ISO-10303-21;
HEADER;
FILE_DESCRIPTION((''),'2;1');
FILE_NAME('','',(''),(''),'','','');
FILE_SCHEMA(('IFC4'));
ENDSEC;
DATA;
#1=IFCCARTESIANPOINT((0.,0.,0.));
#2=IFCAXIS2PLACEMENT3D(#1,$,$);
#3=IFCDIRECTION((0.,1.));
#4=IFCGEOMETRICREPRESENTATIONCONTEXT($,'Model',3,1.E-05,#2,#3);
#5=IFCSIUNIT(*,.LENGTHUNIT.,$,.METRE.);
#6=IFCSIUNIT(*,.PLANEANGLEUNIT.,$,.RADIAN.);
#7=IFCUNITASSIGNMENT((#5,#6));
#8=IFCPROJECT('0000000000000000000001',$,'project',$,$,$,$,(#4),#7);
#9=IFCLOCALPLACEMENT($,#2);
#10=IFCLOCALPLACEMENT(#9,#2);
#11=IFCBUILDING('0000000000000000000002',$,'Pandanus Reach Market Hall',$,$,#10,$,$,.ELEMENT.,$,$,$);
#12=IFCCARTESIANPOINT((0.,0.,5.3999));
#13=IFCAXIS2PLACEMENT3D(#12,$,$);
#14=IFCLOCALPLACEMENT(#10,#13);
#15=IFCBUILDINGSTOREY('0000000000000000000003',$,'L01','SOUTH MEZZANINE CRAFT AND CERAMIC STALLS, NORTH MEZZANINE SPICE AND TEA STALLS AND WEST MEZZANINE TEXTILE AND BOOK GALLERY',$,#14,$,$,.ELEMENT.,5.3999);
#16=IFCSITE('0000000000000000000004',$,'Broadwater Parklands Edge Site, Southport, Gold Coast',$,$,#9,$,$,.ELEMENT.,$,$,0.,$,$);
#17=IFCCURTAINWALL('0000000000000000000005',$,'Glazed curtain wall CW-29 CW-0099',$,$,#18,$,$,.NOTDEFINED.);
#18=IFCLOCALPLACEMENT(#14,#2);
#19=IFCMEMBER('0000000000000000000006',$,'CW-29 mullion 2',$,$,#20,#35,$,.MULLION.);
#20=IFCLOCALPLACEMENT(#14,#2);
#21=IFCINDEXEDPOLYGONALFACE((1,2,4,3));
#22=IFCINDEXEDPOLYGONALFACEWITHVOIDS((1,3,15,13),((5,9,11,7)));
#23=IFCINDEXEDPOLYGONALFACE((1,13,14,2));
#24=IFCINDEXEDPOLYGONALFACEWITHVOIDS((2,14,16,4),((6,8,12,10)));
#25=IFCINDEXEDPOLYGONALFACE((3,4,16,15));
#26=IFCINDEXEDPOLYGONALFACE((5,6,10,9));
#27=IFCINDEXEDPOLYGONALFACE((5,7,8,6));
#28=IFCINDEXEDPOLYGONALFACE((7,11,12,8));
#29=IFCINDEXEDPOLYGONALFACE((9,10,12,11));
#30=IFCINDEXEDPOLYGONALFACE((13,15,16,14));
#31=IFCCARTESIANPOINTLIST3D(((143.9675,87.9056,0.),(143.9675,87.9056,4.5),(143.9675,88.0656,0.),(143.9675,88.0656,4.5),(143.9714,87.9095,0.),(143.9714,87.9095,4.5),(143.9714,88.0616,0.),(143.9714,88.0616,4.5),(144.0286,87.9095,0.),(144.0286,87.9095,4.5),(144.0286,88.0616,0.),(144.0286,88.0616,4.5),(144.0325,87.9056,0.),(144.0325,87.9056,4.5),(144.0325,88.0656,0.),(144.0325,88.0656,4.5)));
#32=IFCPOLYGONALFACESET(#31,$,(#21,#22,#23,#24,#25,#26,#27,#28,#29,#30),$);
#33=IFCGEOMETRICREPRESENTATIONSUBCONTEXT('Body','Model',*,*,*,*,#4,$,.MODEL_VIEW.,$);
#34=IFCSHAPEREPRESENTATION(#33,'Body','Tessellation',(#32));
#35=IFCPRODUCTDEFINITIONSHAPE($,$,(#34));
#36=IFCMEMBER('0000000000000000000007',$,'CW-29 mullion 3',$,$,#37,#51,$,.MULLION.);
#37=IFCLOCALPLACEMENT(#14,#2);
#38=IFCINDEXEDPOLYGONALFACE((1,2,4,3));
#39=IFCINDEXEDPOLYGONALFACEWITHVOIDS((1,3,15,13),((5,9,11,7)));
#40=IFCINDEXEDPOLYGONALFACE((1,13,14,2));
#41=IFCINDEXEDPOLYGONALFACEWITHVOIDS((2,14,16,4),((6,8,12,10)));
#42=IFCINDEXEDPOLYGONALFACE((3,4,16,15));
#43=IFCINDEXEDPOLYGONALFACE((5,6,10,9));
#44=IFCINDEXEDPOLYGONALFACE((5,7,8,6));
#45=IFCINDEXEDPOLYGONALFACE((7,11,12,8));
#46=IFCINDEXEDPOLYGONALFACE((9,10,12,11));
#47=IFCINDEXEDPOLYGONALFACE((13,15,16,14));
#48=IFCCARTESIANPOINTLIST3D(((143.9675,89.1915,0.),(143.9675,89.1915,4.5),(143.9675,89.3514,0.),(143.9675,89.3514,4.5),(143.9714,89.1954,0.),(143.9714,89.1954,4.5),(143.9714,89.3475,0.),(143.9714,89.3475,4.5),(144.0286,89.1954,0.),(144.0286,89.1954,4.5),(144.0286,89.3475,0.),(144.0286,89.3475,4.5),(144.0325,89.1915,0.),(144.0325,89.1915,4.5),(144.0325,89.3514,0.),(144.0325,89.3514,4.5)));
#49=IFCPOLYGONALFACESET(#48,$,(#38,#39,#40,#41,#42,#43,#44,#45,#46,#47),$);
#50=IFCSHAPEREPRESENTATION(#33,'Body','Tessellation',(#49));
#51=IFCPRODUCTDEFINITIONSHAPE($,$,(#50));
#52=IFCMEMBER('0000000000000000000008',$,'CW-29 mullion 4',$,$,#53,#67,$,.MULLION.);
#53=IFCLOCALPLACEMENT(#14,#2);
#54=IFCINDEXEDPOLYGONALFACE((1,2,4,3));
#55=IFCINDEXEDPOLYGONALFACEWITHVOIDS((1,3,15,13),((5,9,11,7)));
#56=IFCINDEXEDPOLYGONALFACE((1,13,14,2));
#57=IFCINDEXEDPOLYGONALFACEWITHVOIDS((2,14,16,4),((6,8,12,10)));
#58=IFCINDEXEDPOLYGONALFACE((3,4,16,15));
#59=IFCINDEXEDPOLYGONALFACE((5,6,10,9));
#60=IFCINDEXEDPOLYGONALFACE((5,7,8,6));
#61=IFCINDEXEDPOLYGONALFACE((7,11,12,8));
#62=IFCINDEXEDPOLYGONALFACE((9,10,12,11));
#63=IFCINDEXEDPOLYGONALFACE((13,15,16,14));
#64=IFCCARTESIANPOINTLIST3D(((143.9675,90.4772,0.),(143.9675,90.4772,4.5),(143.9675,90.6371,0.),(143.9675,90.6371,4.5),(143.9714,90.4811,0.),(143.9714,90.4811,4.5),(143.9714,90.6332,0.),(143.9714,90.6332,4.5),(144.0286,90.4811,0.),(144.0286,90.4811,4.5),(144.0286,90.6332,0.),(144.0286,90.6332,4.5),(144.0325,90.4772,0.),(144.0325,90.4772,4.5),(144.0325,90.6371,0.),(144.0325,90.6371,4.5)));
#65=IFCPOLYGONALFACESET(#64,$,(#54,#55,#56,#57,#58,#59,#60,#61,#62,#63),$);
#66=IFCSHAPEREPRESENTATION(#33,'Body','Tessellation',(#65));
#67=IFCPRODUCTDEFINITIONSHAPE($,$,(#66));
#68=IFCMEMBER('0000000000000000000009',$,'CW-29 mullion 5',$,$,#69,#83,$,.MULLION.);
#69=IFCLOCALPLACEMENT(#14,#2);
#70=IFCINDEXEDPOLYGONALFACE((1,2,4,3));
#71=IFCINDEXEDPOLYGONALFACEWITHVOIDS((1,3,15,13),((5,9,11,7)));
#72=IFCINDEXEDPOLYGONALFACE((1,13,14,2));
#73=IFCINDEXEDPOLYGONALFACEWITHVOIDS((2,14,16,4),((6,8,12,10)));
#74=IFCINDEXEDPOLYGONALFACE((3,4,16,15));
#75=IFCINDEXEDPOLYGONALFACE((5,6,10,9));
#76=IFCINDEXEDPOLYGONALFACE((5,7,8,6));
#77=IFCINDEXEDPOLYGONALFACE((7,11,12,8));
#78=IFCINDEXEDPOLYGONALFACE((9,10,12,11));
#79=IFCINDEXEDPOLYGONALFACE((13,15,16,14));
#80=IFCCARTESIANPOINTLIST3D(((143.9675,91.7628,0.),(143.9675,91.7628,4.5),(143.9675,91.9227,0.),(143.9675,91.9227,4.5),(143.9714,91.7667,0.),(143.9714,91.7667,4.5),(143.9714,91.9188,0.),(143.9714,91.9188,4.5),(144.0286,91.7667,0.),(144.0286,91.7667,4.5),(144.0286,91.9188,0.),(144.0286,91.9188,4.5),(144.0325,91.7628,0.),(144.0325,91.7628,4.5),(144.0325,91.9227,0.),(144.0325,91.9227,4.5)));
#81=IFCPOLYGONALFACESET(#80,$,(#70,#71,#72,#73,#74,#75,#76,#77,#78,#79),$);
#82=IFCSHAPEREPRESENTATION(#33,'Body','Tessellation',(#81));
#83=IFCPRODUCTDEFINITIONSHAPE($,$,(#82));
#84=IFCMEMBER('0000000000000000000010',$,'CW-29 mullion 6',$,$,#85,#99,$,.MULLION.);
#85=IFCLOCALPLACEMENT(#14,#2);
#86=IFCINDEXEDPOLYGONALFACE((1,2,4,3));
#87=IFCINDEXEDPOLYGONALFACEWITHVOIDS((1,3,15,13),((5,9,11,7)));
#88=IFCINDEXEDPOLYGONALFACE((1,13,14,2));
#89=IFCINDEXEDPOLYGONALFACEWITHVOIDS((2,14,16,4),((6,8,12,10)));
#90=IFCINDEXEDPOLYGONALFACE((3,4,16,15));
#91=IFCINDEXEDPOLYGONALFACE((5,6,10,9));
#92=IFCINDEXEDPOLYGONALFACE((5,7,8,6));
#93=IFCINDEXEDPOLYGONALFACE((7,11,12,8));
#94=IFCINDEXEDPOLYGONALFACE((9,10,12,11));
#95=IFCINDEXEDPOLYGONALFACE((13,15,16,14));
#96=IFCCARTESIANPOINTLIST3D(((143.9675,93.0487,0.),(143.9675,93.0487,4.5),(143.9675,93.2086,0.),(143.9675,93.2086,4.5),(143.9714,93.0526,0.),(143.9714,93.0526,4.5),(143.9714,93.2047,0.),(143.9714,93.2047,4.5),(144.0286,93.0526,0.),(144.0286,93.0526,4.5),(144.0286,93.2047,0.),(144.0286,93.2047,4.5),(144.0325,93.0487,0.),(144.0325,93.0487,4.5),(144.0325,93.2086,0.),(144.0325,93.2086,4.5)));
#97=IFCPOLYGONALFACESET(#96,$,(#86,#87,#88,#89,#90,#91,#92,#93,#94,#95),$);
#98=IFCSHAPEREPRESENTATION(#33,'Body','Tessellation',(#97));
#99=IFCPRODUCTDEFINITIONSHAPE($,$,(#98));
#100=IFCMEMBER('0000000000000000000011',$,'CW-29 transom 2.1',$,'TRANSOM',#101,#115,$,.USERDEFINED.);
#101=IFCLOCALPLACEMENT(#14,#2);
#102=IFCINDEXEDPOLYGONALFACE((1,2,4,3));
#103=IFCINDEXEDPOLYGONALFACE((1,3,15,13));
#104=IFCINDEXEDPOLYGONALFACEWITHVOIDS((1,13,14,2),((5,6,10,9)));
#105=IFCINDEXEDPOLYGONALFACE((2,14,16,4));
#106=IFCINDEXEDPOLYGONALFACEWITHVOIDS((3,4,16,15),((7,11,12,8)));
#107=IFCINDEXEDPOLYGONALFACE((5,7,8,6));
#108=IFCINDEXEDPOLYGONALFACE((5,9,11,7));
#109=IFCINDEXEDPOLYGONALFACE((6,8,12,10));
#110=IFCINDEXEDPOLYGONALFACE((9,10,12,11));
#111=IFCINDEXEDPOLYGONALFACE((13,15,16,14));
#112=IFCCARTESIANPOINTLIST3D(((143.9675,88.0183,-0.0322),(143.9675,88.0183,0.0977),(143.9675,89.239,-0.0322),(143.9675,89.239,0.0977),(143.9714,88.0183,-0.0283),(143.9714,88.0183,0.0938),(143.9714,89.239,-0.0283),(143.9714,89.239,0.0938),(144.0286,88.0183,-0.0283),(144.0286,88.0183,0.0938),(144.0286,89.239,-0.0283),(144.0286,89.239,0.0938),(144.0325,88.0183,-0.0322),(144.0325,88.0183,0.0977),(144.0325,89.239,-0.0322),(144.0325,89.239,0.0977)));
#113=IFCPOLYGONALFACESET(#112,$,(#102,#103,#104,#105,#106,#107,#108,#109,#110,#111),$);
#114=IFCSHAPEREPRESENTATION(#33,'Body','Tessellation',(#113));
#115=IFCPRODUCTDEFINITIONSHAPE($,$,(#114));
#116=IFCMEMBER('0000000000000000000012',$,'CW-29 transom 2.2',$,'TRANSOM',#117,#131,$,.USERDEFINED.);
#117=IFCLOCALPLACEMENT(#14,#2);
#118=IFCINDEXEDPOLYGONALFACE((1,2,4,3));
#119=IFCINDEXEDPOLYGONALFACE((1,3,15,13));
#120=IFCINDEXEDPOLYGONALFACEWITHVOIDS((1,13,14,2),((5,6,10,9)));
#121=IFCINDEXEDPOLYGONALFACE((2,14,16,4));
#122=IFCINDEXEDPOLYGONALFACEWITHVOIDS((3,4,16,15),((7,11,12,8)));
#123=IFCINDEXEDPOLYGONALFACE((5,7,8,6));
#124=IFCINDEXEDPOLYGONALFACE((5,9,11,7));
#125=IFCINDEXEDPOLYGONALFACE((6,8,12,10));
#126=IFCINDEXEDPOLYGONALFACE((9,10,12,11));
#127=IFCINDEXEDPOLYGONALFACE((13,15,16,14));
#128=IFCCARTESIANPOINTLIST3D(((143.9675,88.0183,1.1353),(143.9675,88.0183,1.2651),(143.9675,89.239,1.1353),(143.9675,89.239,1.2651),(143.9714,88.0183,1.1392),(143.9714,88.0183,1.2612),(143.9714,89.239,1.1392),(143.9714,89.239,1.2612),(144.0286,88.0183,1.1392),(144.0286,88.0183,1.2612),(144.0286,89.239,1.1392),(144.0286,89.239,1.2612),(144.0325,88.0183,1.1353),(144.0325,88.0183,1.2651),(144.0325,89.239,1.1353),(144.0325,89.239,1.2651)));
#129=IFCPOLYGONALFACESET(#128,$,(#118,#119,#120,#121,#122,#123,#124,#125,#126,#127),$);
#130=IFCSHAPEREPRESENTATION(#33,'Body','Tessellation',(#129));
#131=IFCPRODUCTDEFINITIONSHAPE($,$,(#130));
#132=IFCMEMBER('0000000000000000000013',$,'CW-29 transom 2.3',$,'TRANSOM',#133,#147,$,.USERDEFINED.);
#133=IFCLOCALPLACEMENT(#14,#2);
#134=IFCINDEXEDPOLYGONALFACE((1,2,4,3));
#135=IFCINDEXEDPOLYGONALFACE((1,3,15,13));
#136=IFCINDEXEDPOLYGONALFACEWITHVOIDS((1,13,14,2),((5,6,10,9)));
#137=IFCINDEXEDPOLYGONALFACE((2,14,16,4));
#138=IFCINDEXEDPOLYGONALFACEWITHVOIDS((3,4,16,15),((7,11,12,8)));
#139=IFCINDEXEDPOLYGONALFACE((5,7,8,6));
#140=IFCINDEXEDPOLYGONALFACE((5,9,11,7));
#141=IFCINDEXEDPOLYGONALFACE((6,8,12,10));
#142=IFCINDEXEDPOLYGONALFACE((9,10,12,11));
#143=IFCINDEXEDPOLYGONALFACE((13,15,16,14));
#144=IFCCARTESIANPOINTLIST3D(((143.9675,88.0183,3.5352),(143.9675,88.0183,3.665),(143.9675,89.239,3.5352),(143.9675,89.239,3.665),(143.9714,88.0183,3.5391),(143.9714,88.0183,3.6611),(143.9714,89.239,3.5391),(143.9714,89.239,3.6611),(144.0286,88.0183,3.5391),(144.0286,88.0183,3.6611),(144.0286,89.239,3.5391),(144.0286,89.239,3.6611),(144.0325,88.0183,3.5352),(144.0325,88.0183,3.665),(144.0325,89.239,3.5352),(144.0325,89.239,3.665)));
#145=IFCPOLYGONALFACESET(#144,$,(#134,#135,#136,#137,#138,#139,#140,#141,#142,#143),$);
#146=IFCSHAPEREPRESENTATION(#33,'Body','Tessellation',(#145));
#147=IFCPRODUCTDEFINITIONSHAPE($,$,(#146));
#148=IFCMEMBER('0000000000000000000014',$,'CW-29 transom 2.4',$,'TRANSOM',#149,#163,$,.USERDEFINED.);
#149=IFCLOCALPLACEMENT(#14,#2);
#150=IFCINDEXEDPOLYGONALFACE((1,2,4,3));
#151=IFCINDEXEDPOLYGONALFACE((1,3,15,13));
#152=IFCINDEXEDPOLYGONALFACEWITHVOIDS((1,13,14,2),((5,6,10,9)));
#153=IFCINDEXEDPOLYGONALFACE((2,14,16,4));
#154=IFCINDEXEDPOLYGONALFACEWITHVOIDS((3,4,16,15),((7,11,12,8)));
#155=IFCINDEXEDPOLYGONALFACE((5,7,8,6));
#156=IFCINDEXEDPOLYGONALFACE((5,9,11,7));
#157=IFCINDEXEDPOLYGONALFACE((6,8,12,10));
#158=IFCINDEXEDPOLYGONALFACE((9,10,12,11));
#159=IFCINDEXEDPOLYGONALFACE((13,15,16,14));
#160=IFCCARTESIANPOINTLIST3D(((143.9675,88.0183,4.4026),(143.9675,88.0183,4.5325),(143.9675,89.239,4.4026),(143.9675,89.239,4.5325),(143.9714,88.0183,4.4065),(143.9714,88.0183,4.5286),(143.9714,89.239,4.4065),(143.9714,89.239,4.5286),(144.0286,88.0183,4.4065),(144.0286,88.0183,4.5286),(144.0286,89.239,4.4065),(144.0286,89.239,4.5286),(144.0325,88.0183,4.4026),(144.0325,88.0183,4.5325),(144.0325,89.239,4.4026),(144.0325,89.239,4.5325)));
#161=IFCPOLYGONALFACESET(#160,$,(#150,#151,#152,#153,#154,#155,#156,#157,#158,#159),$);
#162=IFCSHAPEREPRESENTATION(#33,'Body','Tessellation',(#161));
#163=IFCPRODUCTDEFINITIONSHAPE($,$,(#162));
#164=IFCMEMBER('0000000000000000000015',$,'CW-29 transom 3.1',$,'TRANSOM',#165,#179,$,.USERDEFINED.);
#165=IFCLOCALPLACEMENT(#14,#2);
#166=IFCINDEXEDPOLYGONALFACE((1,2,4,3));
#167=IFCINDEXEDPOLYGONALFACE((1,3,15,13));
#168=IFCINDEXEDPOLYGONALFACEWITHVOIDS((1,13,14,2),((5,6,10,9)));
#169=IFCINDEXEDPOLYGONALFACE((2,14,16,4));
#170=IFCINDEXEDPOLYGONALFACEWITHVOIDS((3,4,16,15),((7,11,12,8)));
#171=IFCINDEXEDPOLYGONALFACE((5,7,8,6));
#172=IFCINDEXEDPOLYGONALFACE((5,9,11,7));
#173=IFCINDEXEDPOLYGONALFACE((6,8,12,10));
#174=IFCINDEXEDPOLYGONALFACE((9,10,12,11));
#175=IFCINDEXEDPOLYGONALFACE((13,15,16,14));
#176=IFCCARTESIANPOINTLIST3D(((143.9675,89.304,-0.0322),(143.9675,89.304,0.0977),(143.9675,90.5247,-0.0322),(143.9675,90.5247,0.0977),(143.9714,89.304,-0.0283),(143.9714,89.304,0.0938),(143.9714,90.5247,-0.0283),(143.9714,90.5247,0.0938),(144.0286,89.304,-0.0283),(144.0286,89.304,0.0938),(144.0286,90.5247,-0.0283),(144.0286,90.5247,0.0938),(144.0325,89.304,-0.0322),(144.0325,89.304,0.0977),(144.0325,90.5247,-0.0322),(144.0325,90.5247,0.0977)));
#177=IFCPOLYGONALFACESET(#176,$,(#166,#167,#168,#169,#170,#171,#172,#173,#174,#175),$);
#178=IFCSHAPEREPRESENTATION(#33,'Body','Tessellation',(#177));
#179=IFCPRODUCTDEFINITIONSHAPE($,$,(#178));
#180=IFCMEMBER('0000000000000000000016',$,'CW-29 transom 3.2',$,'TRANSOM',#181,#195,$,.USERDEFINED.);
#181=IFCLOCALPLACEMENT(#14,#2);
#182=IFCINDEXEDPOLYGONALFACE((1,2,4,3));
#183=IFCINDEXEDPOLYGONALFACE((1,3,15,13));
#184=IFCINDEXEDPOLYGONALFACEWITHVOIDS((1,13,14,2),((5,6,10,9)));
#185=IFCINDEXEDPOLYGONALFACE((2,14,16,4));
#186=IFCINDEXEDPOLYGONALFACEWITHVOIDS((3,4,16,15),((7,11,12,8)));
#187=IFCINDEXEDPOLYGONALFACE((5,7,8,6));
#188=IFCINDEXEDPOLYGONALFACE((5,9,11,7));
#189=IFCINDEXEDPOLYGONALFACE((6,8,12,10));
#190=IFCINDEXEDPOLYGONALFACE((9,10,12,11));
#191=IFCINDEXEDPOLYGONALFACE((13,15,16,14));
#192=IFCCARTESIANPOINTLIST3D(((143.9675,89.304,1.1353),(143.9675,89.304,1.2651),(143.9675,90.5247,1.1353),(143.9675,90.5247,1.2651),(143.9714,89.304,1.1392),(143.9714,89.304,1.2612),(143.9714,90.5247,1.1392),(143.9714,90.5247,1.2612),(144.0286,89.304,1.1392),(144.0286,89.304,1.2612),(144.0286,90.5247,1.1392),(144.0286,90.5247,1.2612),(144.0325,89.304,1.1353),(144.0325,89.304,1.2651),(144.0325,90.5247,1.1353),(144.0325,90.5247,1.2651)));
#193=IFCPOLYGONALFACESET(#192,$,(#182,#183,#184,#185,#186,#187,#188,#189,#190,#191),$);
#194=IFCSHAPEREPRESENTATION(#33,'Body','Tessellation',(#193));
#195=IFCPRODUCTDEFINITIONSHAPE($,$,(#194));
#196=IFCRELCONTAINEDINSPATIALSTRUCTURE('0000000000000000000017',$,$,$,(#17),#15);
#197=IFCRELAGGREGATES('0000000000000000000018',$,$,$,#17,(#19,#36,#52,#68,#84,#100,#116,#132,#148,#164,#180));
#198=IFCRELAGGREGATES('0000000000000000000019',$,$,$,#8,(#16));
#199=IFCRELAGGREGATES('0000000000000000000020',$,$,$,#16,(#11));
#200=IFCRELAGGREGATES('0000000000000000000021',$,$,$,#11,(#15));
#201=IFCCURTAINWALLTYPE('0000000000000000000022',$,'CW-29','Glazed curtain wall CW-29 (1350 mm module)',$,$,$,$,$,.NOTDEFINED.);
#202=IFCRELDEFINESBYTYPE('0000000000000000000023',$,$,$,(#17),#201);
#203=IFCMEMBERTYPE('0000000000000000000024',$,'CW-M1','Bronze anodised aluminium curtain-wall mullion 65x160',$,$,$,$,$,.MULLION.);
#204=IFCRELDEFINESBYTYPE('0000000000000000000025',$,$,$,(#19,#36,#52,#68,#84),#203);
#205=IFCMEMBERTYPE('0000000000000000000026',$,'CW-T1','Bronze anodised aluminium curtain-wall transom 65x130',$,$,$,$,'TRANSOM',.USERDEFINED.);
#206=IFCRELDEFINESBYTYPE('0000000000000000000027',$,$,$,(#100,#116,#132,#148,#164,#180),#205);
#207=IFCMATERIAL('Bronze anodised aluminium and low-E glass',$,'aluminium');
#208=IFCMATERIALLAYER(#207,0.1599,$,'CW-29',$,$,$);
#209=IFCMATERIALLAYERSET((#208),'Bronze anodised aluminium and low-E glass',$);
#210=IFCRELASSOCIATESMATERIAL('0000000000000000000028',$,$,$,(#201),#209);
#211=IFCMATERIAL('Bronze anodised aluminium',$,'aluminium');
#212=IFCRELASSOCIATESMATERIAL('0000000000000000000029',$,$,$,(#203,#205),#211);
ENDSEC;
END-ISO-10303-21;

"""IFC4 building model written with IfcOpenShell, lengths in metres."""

from ifc_helpers import new_model, si_unit, direction, frame, origin, origin_2d, place, context, subcontext, project, spatial, hollow_rectangle, extrude, material, layer, layer_set, material_profile, profile_set, type_object, element, aggregate, save


model = new_model("IFC4")

# Units and contexts
model_context = context("Model", 3, precision=1e-05, world=origin(), true_north=direction((0.0, 1.0)))
body_context = subcontext(model_context, "Body", "Model", "MODEL_VIEW")
ifc_project = project(units=[si_unit("LENGTHUNIT", "METRE"), si_unit("PLANEANGLEUNIT", "RADIAN")], contexts=[model_context])

# Site, building, storey
site_placement = place(None, origin())
site = spatial("IfcSite", under=ifc_project, at=site_placement, Name="Broadwater Parklands Edge Site, Southport, Gold Coast", CompositionType="ELEMENT", RefElevation=0.0)
building_placement = place(site_placement, origin())
building = spatial("IfcBuilding", under=site, at=building_placement, Name="Pandanus Reach Market Hall", CompositionType="ELEMENT")
storey_placement = place(building_placement, frame((0.0, 0.0, 5.3999)))
storey = spatial("IfcBuildingStorey", under=building, at=storey_placement, Name="L01", Description="SOUTH MEZZANINE CRAFT AND CERAMIC STALLS, NORTH MEZZANINE SPICE AND TEA STALLS AND WEST MEZZANINE TEXTILE AND BOOK GALLERY", CompositionType="ELEMENT", Elevation=5.3999)

# Curtain wall, members
ifc_material_1 = material(Name="Bronze anodised aluminium and low-E glass", Category="aluminium")
ifc_layer_1 = layer(ifc_material_1, 0.1599, Name="CW-29")
ifc_layer_set_1 = layer_set([ifc_layer_1], Name="Bronze anodised aluminium and low-E glass")
curtain_wall_type = type_object("IfcCurtainWallType", Name="CW-29", Description="Glazed curtain wall CW-29 (1350 mm module)", PredefinedType="NOTDEFINED", material=ifc_layer_set_1)
curtain_wall_placement = place(storey_placement, origin())
curtain_wall = element("IfcCurtainWall", 1, at=curtain_wall_placement, inside=storey, type_object=curtain_wall_type, Name="Glazed curtain wall CW-29 CW-0099", PredefinedType="NOTDEFINED")
ifc_material_2 = material(Name="Bronze anodised aluminium", Category="aluminium")
ifc_material_profile_1 = material_profile(ifc_material_2, hollow_rectangle(XDim=0.0649, YDim=0.1599, WallThickness=0.0039, at=origin_2d()), Name="ALU65x160", Category="LoadBearing")
ifc_profile_set_1 = profile_set([ifc_material_profile_1], Name="Bronze anodised aluminium")
member_type_1 = type_object("IfcMemberType", Name="CW-M1", Description="Bronze anodised aluminium curtain-wall mullion 65x160", PredefinedType="MULLION", material=ifc_profile_set_1)
member_1_placement = place(storey_placement, frame((144.0, 87.9856, 0.0), z_axis=(0.0, 0.0, 1.0), x_axis=(-1.0, 0.0, 0.0)))
member_1 = element("IfcMember", 2, at=member_1_placement, type_object=member_type_1, Name="CW-29 mullion 2", PredefinedType="MULLION", context=body_context, shape_type="SweptSolid", body=[
    extrude(hollow_rectangle(XDim=0.0649, YDim=0.1599, WallThickness=0.0039, at=origin_2d()), origin(), (0.0, 0.0, 1.0), 4.5),
])
member_2_placement = place(storey_placement, frame((144.0, 89.2715, 0.0), z_axis=(0.0, 0.0, 1.0), x_axis=(-1.0, 0.0, 0.0)))
member_2 = element("IfcMember", 3, at=member_2_placement, type_object=member_type_1, Name="CW-29 mullion 3", PredefinedType="MULLION", context=body_context, shape_type="SweptSolid", body=[
    extrude(hollow_rectangle(XDim=0.0649, YDim=0.1599, WallThickness=0.0039, at=origin_2d()), origin(), (0.0, 0.0, 1.0), 4.5),
])
member_3_placement = place(storey_placement, frame((144.0, 90.5571, 0.0), z_axis=(0.0, 0.0, 1.0), x_axis=(-1.0, 0.0, 0.0)))
member_3 = element("IfcMember", 4, at=member_3_placement, type_object=member_type_1, Name="CW-29 mullion 4", PredefinedType="MULLION", context=body_context, shape_type="SweptSolid", body=[
    extrude(hollow_rectangle(XDim=0.0649, YDim=0.1599, WallThickness=0.0039, at=origin_2d()), origin(), (0.0, 0.0, 1.0), 4.5),
])
member_4_placement = place(storey_placement, frame((144.0, 91.8428, 0.0), z_axis=(0.0, 0.0, 1.0), x_axis=(-1.0, 0.0, 0.0)))
member_4 = element("IfcMember", 5, at=member_4_placement, type_object=member_type_1, Name="CW-29 mullion 5", PredefinedType="MULLION", context=body_context, shape_type="SweptSolid", body=[
    extrude(hollow_rectangle(XDim=0.0649, YDim=0.1599, WallThickness=0.0039, at=origin_2d()), origin(), (0.0, 0.0, 1.0), 4.5),
])
member_5_placement = place(storey_placement, frame((144.0, 93.1287, 0.0), z_axis=(0.0, 0.0, 1.0), x_axis=(-1.0, 0.0, 0.0)))
member_5 = element("IfcMember", 6, at=member_5_placement, type_object=member_type_1, Name="CW-29 mullion 6", PredefinedType="MULLION", context=body_context, shape_type="SweptSolid", body=[
    extrude(hollow_rectangle(XDim=0.0649, YDim=0.1599, WallThickness=0.0039, at=origin_2d()), origin(), (0.0, 0.0, 1.0), 4.5),
])
ifc_material_profile_2 = material_profile(ifc_material_2, hollow_rectangle(XDim=0.0649, YDim=0.1299, WallThickness=0.0039, at=origin_2d()), Name="ALU65x130", Category="LoadBearing")
ifc_profile_set_2 = profile_set([ifc_material_profile_2], Name="Bronze anodised aluminium")
member_type_2 = type_object("IfcMemberType", Name="CW-T1", Description="Bronze anodised aluminium curtain-wall transom 65x130", ElementType="TRANSOM", PredefinedType="USERDEFINED", material=ifc_profile_set_2)
member_6_placement = place(storey_placement, frame((144.0, 88.0183, 0.0327), z_axis=(0.0, 1.0, 0.0), x_axis=(-1.0, 0.0, 0.0)))
member_6 = element("IfcMember", 7, at=member_6_placement, type_object=member_type_2, Name="CW-29 transom 2.1", ObjectType="TRANSOM", PredefinedType="USERDEFINED", context=body_context, shape_type="SweptSolid", body=[
    extrude(hollow_rectangle(XDim=0.0649, YDim=0.1299, WallThickness=0.0039, at=origin_2d()), origin(), (0.0, 0.0, 1.0), 1.2207),
])
member_7_placement = place(storey_placement, frame((144.0, 88.0183, 1.2002), z_axis=(0.0, 1.0, 0.0), x_axis=(-1.0, 0.0, 0.0)))
member_7 = element("IfcMember", 8, at=member_7_placement, type_object=member_type_2, Name="CW-29 transom 2.2", ObjectType="TRANSOM", PredefinedType="USERDEFINED", context=body_context, shape_type="SweptSolid", body=[
    extrude(hollow_rectangle(XDim=0.0649, YDim=0.1299, WallThickness=0.0039, at=origin_2d()), origin(), (0.0, 0.0, 1.0), 1.2207),
])
member_8_placement = place(storey_placement, frame((144.0, 88.0183, 3.6001), z_axis=(0.0, 1.0, 0.0), x_axis=(-1.0, 0.0, 0.0)))
member_8 = element("IfcMember", 9, at=member_8_placement, type_object=member_type_2, Name="CW-29 transom 2.3", ObjectType="TRANSOM", PredefinedType="USERDEFINED", context=body_context, shape_type="SweptSolid", body=[
    extrude(hollow_rectangle(XDim=0.0649, YDim=0.1299, WallThickness=0.0039, at=origin_2d()), origin(), (0.0, 0.0, 1.0), 1.2207),
])
member_9_placement = place(storey_placement, frame((144.0, 88.0183, 4.4675), z_axis=(0.0, 1.0, 0.0), x_axis=(-1.0, 0.0, 0.0)))
member_9 = element("IfcMember", 10, at=member_9_placement, type_object=member_type_2, Name="CW-29 transom 2.4", ObjectType="TRANSOM", PredefinedType="USERDEFINED", context=body_context, shape_type="SweptSolid", body=[
    extrude(hollow_rectangle(XDim=0.0649, YDim=0.1299, WallThickness=0.0039, at=origin_2d()), origin(), (0.0, 0.0, 1.0), 1.2207),
])
member_10_placement = place(storey_placement, frame((144.0, 89.304, 0.0327), z_axis=(0.0, 1.0, 0.0), x_axis=(-1.0, 0.0, 0.0)))
member_10 = element("IfcMember", 11, at=member_10_placement, type_object=member_type_2, Name="CW-29 transom 3.1", ObjectType="TRANSOM", PredefinedType="USERDEFINED", context=body_context, shape_type="SweptSolid", body=[
    extrude(hollow_rectangle(XDim=0.0649, YDim=0.1299, WallThickness=0.0039, at=origin_2d()), origin(), (0.0, 0.0, 1.0), 1.2207),
])
member_11_placement = place(storey_placement, frame((144.0, 89.304, 1.2002), z_axis=(0.0, 1.0, 0.0), x_axis=(-1.0, 0.0, 0.0)))
member_11 = element("IfcMember", 12, at=member_11_placement, type_object=member_type_2, Name="CW-29 transom 3.2", ObjectType="TRANSOM", PredefinedType="USERDEFINED", context=body_context, shape_type="SweptSolid", body=[
    extrude(hollow_rectangle(XDim=0.0649, YDim=0.1299, WallThickness=0.0039, at=origin_2d()), origin(), (0.0, 0.0, 1.0), 1.2207),
])
aggregate(curtain_wall, [member_1, member_2, member_3, member_4, member_5, member_6, member_7, member_8, member_9, member_10, member_11])

save(model, "model.ifc")
